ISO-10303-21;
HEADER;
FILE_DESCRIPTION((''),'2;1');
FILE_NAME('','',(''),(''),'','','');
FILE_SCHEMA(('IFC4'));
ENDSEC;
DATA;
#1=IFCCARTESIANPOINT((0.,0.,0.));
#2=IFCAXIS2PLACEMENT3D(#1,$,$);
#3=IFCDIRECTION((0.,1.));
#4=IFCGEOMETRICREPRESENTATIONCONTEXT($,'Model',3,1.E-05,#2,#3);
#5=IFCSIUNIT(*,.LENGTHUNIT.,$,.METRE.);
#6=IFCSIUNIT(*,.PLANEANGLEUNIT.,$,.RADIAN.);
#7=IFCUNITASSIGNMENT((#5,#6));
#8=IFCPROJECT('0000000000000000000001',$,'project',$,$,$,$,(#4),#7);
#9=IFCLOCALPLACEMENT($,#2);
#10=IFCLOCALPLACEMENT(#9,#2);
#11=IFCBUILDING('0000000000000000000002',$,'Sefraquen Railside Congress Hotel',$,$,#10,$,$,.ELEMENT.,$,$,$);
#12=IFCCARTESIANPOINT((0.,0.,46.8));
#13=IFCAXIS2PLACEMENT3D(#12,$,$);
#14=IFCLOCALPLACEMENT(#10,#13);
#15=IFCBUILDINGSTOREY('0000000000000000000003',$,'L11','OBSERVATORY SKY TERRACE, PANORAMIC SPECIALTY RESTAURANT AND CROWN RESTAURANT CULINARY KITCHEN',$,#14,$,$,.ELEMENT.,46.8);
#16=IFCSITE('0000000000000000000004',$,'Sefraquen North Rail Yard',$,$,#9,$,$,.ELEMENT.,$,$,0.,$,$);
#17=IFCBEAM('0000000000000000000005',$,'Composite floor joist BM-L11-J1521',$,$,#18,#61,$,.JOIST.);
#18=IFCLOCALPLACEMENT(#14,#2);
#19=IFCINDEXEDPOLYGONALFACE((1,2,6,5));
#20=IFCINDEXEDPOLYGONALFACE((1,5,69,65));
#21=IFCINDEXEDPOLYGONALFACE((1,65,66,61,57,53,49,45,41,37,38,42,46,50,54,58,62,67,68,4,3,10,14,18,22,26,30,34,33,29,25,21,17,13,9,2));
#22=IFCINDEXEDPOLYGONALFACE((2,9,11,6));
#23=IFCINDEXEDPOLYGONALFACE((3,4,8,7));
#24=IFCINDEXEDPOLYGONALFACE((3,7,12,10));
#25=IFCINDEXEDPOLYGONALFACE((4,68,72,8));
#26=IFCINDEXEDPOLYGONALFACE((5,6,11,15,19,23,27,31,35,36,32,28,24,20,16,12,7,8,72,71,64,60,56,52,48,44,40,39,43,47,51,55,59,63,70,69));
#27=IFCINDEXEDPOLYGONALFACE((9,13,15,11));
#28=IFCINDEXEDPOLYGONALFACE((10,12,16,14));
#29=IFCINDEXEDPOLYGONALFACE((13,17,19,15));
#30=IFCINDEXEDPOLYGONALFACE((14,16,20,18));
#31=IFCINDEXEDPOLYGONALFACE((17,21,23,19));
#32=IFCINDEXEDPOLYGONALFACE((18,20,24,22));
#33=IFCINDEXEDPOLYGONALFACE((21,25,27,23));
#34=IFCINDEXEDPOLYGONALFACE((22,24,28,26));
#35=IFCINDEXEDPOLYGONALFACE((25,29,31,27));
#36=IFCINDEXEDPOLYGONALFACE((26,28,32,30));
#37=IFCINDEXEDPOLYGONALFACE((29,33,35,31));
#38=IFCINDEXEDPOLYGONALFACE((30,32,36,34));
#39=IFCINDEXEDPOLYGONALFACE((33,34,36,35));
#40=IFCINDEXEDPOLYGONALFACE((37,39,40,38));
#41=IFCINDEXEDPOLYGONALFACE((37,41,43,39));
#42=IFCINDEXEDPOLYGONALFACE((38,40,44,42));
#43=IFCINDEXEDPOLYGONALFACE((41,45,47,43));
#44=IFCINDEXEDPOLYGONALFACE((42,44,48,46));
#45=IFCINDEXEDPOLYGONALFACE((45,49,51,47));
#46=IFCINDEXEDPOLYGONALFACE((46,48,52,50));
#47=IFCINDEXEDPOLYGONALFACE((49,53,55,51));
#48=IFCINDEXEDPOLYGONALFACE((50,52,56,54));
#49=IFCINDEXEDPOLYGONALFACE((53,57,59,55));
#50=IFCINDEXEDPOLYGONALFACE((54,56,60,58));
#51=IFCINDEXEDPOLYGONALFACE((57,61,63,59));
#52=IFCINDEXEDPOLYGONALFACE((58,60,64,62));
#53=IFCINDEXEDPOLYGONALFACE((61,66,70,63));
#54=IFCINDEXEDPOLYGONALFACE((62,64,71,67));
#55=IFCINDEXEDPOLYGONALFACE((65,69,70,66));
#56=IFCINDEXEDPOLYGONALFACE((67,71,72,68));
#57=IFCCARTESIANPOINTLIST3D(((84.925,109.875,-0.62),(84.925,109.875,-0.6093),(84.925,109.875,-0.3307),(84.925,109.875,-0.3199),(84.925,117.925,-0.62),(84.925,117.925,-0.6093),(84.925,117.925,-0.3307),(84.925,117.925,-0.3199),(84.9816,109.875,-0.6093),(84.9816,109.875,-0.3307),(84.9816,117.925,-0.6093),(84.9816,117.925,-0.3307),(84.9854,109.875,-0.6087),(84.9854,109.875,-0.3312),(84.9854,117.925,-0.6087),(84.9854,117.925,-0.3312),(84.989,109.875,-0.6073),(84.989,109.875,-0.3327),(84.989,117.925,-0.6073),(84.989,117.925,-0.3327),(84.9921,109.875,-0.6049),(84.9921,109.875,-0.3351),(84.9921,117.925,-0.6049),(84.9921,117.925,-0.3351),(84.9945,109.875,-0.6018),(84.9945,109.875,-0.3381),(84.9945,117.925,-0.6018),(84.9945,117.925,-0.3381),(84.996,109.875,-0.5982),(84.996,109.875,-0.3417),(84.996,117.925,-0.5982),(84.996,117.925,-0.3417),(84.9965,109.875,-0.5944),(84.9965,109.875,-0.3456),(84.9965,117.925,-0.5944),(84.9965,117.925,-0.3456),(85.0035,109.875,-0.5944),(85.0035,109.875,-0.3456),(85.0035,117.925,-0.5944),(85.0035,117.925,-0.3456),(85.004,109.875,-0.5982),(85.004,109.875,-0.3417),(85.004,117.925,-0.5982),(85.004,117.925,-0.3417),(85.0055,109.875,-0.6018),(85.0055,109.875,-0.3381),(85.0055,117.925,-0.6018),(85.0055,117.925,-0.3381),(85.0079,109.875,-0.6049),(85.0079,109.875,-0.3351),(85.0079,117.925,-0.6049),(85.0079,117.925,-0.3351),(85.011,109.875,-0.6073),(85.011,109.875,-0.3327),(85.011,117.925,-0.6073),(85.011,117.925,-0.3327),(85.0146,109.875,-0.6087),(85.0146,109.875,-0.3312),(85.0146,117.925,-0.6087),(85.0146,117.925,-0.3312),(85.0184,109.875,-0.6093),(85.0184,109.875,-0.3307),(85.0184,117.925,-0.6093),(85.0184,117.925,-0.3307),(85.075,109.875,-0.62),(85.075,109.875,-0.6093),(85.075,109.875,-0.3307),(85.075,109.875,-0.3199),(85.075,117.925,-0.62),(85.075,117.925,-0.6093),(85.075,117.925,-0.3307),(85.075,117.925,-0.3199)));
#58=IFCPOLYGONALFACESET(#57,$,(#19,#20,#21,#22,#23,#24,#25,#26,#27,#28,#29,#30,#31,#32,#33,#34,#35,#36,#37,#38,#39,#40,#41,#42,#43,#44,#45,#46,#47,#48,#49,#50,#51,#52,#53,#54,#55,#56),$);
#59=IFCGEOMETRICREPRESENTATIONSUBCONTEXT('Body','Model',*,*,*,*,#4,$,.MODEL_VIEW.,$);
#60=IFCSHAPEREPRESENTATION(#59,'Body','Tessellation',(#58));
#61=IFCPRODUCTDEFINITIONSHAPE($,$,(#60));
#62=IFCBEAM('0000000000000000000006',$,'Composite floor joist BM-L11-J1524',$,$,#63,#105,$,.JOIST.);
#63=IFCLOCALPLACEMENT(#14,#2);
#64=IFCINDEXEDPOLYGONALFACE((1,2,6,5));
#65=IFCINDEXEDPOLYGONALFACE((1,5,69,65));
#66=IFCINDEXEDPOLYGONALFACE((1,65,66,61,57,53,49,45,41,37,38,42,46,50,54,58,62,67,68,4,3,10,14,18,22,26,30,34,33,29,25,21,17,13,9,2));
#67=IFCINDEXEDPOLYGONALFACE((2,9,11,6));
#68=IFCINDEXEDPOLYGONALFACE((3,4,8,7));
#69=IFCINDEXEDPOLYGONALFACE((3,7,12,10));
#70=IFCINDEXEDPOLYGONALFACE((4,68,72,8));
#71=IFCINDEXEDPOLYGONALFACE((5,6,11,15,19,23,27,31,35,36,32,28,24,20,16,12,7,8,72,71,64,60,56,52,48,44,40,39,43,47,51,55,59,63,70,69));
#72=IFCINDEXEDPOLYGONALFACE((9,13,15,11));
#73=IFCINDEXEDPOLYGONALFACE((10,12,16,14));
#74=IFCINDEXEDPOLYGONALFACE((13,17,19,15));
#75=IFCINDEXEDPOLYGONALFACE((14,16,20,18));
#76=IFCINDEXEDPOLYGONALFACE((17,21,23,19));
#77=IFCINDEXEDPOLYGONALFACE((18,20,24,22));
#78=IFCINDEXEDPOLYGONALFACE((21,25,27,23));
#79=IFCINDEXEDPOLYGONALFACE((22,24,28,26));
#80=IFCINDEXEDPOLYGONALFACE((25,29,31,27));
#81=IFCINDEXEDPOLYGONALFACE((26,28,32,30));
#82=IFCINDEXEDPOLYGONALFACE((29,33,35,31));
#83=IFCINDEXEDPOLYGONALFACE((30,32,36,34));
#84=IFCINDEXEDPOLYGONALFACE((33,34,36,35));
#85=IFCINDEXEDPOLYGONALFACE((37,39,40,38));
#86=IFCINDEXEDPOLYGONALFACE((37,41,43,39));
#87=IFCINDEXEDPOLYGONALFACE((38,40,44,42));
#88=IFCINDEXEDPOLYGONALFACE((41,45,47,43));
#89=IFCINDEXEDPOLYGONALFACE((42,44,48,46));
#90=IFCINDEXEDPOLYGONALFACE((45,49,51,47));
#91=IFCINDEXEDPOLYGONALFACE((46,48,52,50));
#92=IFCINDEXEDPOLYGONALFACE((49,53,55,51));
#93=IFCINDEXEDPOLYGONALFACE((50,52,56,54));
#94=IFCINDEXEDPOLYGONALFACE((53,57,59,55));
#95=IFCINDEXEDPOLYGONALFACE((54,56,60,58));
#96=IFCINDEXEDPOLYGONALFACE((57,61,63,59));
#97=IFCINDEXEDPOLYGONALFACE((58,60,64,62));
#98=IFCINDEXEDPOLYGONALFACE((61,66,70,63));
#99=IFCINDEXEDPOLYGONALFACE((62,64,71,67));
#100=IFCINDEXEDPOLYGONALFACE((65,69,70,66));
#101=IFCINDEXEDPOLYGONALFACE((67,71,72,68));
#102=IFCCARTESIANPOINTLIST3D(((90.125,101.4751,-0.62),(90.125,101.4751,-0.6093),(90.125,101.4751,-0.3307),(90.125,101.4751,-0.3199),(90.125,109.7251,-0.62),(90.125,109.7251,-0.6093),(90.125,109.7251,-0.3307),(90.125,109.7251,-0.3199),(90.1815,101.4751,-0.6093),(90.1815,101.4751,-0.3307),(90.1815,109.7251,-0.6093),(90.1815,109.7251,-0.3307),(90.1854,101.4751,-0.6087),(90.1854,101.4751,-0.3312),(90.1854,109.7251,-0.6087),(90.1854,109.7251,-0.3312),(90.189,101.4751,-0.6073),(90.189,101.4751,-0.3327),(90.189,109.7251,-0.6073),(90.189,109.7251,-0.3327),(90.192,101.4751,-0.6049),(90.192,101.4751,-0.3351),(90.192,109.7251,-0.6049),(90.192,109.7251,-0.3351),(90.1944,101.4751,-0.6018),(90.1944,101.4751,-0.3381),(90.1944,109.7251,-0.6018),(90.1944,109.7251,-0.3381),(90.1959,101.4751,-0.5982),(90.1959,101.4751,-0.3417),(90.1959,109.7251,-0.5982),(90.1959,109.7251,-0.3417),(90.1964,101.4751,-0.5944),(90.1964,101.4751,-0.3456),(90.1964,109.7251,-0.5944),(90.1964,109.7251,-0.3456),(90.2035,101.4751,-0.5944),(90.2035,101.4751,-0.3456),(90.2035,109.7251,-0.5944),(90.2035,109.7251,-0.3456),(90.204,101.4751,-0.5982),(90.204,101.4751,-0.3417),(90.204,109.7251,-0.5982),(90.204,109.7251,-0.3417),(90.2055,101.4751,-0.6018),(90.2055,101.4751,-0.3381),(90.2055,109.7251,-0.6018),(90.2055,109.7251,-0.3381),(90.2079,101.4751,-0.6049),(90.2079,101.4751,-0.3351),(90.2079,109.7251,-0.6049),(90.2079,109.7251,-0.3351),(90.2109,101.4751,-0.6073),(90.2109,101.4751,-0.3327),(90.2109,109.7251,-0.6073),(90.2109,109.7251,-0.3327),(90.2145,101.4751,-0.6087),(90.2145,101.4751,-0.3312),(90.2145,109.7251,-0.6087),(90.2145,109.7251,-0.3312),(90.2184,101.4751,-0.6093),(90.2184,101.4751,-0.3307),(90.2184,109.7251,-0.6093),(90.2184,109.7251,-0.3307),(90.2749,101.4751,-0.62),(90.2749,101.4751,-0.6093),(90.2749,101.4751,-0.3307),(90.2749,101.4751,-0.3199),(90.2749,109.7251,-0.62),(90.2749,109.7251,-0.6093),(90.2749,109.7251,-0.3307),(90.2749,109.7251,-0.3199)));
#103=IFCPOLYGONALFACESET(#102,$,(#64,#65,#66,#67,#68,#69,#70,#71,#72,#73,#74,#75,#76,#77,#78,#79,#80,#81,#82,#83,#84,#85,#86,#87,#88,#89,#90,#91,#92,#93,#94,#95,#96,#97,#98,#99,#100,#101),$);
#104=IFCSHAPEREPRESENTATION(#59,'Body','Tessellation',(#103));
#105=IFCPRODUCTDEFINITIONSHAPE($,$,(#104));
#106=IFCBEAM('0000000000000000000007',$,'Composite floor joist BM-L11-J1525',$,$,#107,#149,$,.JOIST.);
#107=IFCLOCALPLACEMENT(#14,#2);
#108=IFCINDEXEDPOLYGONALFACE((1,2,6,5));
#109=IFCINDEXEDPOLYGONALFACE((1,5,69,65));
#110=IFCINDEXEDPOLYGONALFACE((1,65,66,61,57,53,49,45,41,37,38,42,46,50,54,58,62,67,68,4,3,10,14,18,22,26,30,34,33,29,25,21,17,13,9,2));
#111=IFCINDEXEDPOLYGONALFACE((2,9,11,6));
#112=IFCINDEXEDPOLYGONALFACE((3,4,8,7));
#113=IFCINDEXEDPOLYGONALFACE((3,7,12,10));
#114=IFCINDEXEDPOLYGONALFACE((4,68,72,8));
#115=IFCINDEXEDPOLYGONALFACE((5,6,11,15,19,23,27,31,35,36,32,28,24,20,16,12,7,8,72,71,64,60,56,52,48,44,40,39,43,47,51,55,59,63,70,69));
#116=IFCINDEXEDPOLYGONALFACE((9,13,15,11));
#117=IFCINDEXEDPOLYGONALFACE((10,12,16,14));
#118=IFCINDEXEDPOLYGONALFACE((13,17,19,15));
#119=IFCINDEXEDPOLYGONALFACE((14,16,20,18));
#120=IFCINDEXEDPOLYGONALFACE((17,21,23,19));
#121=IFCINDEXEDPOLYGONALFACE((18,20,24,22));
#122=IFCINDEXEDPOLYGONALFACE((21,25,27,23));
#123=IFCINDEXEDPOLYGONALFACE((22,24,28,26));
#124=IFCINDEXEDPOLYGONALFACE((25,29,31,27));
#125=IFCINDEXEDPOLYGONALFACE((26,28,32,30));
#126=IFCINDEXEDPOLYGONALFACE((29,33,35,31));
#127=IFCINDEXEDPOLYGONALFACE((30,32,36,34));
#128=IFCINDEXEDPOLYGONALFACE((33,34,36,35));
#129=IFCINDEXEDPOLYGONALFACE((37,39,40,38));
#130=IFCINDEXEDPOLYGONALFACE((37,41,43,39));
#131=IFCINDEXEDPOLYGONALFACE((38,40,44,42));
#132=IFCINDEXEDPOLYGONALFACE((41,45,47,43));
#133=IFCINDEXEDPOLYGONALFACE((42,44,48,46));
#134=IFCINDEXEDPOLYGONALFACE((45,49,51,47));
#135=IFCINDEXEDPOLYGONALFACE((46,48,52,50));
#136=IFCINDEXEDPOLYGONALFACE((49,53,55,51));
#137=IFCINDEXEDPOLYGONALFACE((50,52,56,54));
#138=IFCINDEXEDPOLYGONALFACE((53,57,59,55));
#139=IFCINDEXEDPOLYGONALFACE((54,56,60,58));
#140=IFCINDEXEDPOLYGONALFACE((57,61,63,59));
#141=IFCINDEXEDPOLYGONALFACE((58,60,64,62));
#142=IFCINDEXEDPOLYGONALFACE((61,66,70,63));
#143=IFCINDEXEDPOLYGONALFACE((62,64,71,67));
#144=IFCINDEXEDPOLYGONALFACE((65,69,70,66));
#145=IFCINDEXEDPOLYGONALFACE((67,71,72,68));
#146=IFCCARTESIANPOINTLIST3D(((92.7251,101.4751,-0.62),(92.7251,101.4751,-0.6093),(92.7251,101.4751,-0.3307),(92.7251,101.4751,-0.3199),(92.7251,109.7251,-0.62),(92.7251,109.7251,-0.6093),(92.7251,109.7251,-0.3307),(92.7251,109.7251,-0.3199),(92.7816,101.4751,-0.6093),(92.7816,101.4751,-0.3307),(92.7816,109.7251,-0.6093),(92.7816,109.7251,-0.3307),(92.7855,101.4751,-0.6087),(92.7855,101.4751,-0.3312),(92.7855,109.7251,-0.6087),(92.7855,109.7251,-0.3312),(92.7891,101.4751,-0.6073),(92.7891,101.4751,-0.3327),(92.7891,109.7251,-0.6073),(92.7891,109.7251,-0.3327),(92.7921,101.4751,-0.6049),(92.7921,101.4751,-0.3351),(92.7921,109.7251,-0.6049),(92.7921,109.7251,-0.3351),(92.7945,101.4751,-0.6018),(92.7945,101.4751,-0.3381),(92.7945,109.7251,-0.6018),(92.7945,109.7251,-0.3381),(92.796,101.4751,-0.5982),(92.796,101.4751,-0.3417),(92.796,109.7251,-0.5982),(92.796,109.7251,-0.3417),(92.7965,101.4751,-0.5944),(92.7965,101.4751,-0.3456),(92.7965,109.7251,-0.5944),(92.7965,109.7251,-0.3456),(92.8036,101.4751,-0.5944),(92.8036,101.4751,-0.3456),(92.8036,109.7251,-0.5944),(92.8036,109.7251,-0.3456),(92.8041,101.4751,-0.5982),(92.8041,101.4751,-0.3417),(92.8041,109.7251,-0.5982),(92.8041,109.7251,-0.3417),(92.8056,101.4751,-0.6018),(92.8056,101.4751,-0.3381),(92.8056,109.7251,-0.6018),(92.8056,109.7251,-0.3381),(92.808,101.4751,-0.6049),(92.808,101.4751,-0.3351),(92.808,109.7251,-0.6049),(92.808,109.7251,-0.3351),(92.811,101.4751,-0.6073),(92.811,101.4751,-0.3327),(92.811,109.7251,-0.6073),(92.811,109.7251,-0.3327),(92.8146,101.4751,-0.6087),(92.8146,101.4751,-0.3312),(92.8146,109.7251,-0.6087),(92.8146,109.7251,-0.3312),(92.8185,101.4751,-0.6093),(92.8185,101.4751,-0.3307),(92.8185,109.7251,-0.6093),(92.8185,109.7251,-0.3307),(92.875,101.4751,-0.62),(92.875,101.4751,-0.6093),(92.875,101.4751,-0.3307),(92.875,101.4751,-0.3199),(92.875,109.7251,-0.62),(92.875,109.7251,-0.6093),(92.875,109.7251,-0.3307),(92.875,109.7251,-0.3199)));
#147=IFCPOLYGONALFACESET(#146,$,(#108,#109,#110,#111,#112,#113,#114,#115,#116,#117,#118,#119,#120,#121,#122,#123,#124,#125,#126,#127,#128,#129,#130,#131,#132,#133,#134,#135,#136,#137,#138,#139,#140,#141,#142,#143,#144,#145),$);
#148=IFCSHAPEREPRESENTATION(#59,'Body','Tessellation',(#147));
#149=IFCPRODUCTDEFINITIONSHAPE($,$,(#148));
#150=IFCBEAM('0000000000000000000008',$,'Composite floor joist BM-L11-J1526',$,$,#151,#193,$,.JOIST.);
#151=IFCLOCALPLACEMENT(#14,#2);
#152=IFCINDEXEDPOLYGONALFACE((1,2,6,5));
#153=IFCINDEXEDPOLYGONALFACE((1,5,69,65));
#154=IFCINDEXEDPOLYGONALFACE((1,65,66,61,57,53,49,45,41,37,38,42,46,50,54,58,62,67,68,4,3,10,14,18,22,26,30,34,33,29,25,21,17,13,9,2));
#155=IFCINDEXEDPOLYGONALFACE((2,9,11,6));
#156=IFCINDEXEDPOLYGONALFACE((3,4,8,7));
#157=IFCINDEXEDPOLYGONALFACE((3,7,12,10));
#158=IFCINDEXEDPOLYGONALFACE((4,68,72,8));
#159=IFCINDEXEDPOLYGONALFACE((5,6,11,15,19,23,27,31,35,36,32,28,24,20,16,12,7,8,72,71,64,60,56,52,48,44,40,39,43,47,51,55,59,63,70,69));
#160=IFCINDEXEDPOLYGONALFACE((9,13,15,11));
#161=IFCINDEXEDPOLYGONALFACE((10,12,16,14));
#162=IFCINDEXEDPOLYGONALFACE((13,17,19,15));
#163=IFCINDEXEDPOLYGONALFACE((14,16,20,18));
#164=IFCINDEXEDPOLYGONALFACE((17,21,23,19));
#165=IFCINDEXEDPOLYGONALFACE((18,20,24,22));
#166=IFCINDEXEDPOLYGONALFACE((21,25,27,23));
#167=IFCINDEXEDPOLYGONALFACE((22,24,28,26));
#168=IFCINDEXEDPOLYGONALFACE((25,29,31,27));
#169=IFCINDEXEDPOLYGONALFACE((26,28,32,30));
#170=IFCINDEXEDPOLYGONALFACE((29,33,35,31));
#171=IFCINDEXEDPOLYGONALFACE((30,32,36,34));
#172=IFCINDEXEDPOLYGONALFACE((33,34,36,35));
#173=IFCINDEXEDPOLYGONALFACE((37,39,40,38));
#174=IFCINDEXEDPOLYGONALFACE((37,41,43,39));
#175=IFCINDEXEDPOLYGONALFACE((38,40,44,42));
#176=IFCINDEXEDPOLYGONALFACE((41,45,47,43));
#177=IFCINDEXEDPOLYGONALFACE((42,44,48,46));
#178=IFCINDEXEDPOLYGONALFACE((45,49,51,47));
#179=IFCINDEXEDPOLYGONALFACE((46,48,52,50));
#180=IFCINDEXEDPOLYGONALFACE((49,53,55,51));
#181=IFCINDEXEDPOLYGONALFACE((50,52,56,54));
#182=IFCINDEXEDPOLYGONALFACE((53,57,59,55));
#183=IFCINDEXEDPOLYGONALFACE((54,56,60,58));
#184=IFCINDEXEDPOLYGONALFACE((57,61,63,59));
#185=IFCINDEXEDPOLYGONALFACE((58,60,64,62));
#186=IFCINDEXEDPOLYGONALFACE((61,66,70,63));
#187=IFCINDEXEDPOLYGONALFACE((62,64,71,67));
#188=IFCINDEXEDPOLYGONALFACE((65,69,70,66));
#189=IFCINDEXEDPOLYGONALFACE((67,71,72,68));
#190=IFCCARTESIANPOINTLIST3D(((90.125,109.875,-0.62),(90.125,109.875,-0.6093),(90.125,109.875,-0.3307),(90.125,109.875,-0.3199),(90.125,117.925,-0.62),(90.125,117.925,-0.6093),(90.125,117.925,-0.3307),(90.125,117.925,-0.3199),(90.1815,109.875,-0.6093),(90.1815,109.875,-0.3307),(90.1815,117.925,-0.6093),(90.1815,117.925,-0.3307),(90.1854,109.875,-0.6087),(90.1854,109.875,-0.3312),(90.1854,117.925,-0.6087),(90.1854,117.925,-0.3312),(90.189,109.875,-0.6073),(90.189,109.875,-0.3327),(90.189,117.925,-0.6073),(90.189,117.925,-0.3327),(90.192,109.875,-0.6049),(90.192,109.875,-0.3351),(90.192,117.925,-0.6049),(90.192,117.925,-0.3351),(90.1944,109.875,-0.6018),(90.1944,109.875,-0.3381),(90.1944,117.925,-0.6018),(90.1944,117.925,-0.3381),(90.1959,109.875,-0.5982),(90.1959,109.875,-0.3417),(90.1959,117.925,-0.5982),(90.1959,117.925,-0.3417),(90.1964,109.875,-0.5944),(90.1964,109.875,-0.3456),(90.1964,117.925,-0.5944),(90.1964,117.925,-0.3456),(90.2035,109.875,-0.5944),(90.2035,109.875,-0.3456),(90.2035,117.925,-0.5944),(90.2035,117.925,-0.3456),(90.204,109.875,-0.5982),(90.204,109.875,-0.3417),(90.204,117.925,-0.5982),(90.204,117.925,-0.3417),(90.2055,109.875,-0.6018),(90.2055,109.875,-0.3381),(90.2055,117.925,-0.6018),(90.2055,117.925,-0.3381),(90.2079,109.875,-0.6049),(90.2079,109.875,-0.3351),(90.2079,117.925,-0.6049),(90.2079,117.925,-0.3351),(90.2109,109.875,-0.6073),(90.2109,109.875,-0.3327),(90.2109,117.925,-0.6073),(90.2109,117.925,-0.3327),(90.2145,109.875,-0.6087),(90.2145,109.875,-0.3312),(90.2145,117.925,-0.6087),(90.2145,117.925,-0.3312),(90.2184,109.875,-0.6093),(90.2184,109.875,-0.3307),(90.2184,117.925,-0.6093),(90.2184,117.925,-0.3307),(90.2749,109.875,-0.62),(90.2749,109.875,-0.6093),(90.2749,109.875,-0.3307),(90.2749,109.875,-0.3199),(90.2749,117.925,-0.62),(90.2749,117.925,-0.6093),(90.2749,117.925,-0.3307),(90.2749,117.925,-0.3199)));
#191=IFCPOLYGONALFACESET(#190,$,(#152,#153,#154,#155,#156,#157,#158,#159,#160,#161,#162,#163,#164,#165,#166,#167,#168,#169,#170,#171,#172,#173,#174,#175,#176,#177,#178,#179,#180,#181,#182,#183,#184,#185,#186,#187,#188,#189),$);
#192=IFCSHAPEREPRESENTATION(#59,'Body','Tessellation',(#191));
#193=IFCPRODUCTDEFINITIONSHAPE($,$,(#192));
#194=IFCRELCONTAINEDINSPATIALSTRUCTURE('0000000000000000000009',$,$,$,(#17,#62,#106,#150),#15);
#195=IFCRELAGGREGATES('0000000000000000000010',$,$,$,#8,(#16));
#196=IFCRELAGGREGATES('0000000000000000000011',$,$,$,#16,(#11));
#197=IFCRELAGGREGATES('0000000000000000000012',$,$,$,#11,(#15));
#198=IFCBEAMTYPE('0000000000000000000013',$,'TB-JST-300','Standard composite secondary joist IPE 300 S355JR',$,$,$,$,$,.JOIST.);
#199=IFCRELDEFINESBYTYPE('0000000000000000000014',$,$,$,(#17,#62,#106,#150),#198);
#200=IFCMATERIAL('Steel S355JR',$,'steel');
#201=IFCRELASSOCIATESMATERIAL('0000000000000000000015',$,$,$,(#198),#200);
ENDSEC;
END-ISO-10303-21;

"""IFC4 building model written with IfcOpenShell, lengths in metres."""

from ifc_helpers import new_model, si_unit, direction, frame, origin, origin_2d, place, context, subcontext, project, spatial, i_section, extrude, material, material_profile, profile_set, type_object, element, save


model = new_model("IFC4")

# Units and contexts
model_context = context("Model", 3, precision=1e-05, world=origin(), true_north=direction((0.0, 1.0)))
body_context = subcontext(model_context, "Body", "Model", "MODEL_VIEW")
ifc_project = project(units=[si_unit("LENGTHUNIT", "METRE"), si_unit("PLANEANGLEUNIT", "RADIAN")], contexts=[model_context])

# Site, building, storey
site_placement = place(None, origin())
site = spatial("IfcSite", under=ifc_project, at=site_placement, Name="Sefraquen North Rail Yard", CompositionType="ELEMENT", RefElevation=0.0)
building_placement = place(site_placement, origin())
building = spatial("IfcBuilding", under=site, at=building_placement, Name="Sefraquen Railside Congress Hotel", CompositionType="ELEMENT")
storey_placement = place(building_placement, frame((0.0, 0.0, 46.8)))
storey = spatial("IfcBuildingStorey", under=building, at=storey_placement, Name="L11", Description="OBSERVATORY SKY TERRACE, PANORAMIC SPECIALTY RESTAURANT AND CROWN RESTAURANT CULINARY KITCHEN", CompositionType="ELEMENT", Elevation=46.8)

# Shared definitions
ifc_material_1 = material(Name="Steel S355JR", Category="steel")

# Beams
ifc_material_profile_1 = material_profile(ifc_material_1, i_section(OverallWidth=0.1499, OverallDepth=0.3, WebThickness=0.0071, FlangeThickness=0.0107, FilletRadius=0.0149, at=origin_2d()), Name="IPE 300")
ifc_profile_set_1 = profile_set([ifc_material_profile_1], Name="Steel S355JR")
beam_type_1 = type_object("IfcBeamType", Name="TB-JST-300", Description="Standard composite secondary joist IPE 300 S355JR", PredefinedType="JOIST", material=ifc_profile_set_1)
for number, where, z_axis, x_axis, name in (
    (1, (85.0, 109.875, -0.47), (0.0, 1.0, 0.0), (-1.0, 0.0, 0.0), "Composite floor joist BM-L11-J1521"),
):
    element("IfcBeam", number, at=place(storey_placement, frame(where, z_axis=z_axis, x_axis=x_axis)), inside=storey, type_object=beam_type_1, Name=name, PredefinedType="JOIST", context=body_context, shape_type="SweptSolid", body=[
        extrude(i_section(OverallWidth=0.1499, OverallDepth=0.3, WebThickness=0.0071, FlangeThickness=0.0107, FilletRadius=0.0149, at=origin_2d()), origin(), (0.0, 0.0, 1.0), 8.05),
    ])
for number, where, z_axis, x_axis, name in (
    (2, (90.2, 101.4751, -0.47), (0.0, 1.0, 0.0), (-1.0, 0.0, 0.0), "Composite floor joist BM-L11-J1524"),
    (3, (92.8, 101.4751, -0.47), (0.0, 1.0, 0.0), (-1.0, 0.0, 0.0), "Composite floor joist BM-L11-J1525"),
):
    element("IfcBeam", number, at=place(storey_placement, frame(where, z_axis=z_axis, x_axis=x_axis)), inside=storey, type_object=beam_type_1, Name=name, PredefinedType="JOIST", context=body_context, shape_type="SweptSolid", body=[
        extrude(i_section(OverallWidth=0.1499, OverallDepth=0.3, WebThickness=0.0071, FlangeThickness=0.0107, FilletRadius=0.0149, at=origin_2d()), origin(), (0.0, 0.0, 1.0), 8.25),
    ])
for number, where, z_axis, x_axis, name in (
    (4, (90.2, 109.875, -0.47), (0.0, 1.0, 0.0), (-1.0, 0.0, 0.0), "Composite floor joist BM-L11-J1526"),
):
    element("IfcBeam", number, at=place(storey_placement, frame(where, z_axis=z_axis, x_axis=x_axis)), inside=storey, type_object=beam_type_1, Name=name, PredefinedType="JOIST", context=body_context, shape_type="SweptSolid", body=[
        extrude(i_section(OverallWidth=0.1499, OverallDepth=0.3, WebThickness=0.0071, FlangeThickness=0.0107, FilletRadius=0.0149, at=origin_2d()), origin(), (0.0, 0.0, 1.0), 8.05),
    ])

save(model, "model.ifc")
